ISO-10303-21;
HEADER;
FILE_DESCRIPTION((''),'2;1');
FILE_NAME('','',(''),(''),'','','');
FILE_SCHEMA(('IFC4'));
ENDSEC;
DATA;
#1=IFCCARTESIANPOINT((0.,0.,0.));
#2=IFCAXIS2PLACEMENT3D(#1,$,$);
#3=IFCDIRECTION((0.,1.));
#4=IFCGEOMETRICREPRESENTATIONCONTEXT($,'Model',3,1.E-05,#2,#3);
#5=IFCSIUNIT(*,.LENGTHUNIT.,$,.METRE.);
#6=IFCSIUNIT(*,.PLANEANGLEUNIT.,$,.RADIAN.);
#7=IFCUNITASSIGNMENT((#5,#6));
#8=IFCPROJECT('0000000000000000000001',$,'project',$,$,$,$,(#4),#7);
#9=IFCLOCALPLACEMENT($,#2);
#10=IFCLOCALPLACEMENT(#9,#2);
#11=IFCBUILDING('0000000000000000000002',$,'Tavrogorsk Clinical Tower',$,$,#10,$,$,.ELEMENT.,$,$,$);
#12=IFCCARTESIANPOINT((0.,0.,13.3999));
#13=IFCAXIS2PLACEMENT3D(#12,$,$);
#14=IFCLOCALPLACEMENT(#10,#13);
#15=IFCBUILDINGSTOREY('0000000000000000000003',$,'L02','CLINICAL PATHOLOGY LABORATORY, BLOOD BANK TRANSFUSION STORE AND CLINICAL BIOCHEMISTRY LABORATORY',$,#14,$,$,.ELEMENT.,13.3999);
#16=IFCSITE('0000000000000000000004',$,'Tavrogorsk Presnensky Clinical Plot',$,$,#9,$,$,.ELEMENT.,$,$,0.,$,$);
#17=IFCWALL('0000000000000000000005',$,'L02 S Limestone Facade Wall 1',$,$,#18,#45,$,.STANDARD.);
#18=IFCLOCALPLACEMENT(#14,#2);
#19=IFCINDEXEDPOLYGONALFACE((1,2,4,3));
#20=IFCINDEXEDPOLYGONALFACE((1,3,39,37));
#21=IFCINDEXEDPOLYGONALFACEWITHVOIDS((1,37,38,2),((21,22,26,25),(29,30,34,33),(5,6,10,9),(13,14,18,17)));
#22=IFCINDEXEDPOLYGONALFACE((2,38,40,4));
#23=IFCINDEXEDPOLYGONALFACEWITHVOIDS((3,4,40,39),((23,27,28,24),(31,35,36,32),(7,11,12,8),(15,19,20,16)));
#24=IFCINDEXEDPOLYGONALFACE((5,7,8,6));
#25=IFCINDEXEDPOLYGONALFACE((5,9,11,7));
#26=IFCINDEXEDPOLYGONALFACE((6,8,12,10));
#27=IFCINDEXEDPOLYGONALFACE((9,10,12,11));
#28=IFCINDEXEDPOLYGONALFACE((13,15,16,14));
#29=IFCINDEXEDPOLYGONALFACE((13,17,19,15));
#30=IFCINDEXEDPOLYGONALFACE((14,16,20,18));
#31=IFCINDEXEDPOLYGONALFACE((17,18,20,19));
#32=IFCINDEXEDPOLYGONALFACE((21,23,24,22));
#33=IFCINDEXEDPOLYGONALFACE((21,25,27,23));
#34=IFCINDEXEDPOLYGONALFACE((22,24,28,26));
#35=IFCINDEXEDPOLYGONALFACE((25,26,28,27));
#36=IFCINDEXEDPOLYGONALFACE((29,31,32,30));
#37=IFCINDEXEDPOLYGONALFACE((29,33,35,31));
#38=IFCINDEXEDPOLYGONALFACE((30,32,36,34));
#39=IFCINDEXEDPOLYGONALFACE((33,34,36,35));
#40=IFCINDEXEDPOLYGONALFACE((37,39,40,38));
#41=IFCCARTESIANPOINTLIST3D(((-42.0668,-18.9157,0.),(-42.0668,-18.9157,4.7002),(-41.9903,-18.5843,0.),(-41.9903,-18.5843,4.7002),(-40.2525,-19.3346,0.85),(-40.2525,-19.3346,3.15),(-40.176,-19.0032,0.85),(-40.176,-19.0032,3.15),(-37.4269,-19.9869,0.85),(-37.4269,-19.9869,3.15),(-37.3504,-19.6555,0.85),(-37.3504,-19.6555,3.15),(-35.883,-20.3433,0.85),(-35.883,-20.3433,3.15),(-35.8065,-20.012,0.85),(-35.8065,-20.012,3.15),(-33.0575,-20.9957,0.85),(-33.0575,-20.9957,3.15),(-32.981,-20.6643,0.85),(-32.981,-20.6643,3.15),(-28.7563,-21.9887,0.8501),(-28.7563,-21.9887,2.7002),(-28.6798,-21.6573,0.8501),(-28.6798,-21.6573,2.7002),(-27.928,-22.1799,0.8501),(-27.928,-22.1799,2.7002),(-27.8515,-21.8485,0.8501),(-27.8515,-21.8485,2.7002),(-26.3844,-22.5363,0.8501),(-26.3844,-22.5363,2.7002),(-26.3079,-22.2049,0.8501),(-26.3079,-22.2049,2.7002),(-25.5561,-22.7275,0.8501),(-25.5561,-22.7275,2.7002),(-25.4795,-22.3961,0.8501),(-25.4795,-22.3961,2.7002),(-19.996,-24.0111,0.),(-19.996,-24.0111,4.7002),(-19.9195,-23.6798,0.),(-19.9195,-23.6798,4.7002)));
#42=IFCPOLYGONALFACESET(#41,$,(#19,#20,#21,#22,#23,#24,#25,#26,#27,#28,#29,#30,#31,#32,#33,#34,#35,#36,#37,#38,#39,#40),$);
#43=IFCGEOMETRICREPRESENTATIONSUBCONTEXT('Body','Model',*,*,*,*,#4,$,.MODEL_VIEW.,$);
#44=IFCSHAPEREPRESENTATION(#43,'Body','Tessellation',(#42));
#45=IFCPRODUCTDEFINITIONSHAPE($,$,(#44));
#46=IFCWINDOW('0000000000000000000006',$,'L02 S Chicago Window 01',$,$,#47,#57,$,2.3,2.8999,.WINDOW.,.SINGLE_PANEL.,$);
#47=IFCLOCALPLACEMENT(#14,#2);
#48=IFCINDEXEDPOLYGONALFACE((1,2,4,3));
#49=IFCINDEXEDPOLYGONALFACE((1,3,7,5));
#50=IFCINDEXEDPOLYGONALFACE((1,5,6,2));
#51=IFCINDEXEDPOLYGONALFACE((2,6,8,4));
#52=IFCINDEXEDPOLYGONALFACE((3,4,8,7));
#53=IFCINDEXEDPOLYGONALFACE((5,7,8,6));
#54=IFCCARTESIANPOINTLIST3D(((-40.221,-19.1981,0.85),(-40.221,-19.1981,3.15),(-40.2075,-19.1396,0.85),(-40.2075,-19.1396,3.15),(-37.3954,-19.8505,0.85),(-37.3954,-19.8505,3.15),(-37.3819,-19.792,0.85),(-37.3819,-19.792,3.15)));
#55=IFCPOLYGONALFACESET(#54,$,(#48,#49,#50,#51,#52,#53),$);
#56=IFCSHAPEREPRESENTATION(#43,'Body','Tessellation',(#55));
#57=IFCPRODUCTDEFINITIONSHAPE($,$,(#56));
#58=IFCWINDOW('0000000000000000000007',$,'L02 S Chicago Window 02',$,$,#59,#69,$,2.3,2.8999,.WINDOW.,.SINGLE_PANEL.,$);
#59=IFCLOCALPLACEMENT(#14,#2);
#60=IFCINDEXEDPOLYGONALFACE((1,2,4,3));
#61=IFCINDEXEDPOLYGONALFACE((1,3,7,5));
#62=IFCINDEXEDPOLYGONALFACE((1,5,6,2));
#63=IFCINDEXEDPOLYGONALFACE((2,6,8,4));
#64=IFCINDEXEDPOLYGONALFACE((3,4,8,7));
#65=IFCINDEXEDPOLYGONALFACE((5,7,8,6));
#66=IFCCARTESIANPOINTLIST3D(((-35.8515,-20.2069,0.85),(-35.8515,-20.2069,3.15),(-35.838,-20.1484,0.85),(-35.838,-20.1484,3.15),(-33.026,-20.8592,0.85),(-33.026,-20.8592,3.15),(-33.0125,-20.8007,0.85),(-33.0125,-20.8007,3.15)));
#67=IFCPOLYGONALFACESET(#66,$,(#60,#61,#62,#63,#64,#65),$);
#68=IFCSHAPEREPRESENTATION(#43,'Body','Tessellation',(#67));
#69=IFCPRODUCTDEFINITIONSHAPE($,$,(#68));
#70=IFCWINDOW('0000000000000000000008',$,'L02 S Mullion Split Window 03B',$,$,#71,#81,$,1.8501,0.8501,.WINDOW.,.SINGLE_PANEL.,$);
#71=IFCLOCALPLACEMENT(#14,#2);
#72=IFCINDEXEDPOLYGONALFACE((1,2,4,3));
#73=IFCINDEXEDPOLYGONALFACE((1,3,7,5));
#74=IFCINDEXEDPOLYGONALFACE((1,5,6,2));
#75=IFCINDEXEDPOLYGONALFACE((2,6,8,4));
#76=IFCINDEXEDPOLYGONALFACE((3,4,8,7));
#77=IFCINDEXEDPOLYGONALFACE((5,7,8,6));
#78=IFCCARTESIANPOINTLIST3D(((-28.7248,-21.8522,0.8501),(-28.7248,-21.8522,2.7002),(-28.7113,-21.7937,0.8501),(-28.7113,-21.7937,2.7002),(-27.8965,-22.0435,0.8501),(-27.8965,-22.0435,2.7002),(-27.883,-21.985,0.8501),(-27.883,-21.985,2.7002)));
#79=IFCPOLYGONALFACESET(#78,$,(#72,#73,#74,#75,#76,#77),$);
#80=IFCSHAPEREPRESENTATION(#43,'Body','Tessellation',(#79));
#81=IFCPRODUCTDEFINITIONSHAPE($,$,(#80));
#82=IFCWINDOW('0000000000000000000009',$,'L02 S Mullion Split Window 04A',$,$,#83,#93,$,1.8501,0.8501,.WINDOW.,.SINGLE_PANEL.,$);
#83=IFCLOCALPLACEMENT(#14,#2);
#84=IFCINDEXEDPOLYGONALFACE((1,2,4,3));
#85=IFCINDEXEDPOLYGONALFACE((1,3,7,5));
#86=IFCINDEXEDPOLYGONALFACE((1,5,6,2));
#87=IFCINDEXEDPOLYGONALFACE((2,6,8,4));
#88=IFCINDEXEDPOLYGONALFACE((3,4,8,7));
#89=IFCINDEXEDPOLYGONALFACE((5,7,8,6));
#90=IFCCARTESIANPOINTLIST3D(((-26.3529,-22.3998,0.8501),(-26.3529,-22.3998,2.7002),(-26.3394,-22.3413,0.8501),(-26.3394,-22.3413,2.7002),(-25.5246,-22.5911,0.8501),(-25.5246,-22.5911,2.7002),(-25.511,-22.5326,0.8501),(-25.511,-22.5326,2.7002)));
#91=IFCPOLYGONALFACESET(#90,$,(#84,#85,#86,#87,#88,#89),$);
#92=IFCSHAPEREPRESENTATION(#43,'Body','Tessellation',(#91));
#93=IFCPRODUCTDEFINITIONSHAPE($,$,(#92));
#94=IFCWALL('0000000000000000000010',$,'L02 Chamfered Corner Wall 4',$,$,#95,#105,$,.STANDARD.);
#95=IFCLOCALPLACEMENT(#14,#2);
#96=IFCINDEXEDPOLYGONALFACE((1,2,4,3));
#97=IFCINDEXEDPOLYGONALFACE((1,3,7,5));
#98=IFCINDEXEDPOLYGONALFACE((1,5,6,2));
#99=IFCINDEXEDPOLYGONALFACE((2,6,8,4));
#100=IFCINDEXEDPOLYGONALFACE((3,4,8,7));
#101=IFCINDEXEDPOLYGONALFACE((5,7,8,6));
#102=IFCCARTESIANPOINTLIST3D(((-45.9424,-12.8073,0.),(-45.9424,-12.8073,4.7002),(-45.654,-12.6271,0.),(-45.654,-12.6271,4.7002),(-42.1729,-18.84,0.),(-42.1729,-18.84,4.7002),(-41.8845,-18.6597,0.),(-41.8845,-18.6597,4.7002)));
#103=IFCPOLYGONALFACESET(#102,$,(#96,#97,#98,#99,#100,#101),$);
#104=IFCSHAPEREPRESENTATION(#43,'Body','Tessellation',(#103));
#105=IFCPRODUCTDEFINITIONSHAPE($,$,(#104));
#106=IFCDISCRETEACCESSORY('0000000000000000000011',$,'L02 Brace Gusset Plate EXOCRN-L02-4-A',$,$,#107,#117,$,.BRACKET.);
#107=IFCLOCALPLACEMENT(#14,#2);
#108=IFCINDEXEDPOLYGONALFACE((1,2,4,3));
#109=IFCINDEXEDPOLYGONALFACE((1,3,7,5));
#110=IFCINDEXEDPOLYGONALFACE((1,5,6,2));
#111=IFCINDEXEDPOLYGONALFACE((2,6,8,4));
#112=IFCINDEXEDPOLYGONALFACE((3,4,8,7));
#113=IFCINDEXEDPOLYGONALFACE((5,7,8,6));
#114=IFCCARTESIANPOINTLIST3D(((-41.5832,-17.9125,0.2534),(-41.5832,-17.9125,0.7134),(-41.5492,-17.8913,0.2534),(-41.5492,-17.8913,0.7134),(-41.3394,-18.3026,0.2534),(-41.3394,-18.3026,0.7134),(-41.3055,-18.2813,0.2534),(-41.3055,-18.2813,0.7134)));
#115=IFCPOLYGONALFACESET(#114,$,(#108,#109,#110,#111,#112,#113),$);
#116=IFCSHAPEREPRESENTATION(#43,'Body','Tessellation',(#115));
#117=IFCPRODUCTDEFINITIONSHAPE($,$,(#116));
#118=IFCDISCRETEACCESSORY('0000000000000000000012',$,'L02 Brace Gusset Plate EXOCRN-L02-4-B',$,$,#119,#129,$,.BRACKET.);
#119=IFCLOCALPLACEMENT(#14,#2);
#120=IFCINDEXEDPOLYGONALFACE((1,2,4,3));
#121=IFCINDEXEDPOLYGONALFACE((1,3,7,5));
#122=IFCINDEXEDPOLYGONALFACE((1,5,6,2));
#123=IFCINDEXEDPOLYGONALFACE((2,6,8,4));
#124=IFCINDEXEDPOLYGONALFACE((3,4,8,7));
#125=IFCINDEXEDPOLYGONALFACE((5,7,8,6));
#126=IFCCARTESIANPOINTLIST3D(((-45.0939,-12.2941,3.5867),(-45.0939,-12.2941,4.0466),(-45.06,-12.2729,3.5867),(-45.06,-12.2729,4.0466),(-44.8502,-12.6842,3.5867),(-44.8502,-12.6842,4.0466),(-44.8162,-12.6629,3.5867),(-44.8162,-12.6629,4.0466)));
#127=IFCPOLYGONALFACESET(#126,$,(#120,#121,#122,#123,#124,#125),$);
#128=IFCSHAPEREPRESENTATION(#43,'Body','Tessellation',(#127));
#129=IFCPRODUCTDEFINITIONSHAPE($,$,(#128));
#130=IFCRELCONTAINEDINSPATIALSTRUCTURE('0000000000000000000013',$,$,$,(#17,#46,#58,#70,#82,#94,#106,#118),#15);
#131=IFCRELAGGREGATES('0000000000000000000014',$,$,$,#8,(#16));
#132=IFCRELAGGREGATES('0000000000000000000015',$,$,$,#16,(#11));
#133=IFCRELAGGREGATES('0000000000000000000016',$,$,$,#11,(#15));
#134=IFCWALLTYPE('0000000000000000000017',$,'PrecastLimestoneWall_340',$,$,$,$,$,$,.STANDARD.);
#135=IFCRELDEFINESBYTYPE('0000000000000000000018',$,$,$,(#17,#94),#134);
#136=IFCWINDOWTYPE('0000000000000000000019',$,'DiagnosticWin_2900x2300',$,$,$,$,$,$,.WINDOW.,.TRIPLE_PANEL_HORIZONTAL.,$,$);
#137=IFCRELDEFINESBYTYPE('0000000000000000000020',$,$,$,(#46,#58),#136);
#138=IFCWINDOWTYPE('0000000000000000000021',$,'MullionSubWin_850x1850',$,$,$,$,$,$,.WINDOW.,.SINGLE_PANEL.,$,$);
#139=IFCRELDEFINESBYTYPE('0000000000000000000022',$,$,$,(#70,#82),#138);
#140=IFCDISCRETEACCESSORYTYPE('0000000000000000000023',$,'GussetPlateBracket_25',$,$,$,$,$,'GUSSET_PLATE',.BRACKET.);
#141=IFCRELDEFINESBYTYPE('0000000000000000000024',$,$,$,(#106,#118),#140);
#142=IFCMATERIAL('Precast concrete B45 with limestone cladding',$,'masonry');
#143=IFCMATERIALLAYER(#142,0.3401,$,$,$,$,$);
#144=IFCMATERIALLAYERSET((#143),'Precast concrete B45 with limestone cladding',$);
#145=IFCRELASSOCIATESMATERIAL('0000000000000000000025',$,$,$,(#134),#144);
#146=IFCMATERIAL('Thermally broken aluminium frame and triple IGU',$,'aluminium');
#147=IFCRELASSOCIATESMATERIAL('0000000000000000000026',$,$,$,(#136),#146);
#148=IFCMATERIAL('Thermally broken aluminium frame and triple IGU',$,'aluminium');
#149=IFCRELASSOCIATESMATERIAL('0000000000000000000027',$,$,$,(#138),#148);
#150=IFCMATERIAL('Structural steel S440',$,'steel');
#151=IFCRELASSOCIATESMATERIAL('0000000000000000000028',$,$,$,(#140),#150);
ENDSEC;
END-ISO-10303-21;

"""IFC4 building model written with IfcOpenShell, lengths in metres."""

from ifc_helpers import new_model, si_unit, direction, frame, frame_2d, origin, origin_2d, place, context, subcontext, project, spatial, rectangle, extrude, material, layer, layer_set, type_object, element, fill, save


model = new_model("IFC4")

# Units and contexts
model_context = context("Model", 3, precision=1e-05, world=origin(), true_north=direction((0.0, 1.0)))
body_context = subcontext(model_context, "Body", "Model", "MODEL_VIEW")
ifc_project = project(units=[si_unit("LENGTHUNIT", "METRE"), si_unit("PLANEANGLEUNIT", "RADIAN")], contexts=[model_context])

# Site, building, storey
site_placement = place(None, origin())
site = spatial("IfcSite", under=ifc_project, at=site_placement, Name="Tavrogorsk Presnensky Clinical Plot", CompositionType="ELEMENT", RefElevation=0.0)
building_placement = place(site_placement, origin())
building = spatial("IfcBuilding", under=site, at=building_placement, Name="Tavrogorsk Clinical Tower", CompositionType="ELEMENT")
storey_placement = place(building_placement, frame((0.0, 0.0, 13.3999)))
storey = spatial("IfcBuildingStorey", under=building, at=storey_placement, Name="L02", Description="CLINICAL PATHOLOGY LABORATORY, BLOOD BANK TRANSFUSION STORE AND CLINICAL BIOCHEMISTRY LABORATORY", CompositionType="ELEMENT", Elevation=13.3999)

# Wall, openings, windows
ifc_material_1 = material(Name="Precast concrete B45 with limestone cladding", Category="masonry")
ifc_layer_1 = layer(ifc_material_1, 0.3401)
ifc_layer_set_1 = layer_set([ifc_layer_1], Name="Precast concrete B45 with limestone cladding")
wall_type_1 = type_object("IfcWallType", Name="PrecastLimestoneWall_340", PredefinedType="STANDARD", material=ifc_layer_set_1)
wall_1_placement = place(storey_placement, frame((-42.0286, -18.75, 0.0), z_axis=(0.0, 0.0, 1.0), x_axis=(0.97437, -0.224952, 0.0)))
wall_1 = element("IfcWall", 1, at=wall_1_placement, inside=storey, type_object=wall_type_1, Name="L02 S Limestone Facade Wall 1", PredefinedType="STANDARD", context=body_context, shape_type="SweptSolid", body=[
    extrude(rectangle(XDim=22.6514, YDim=0.3401, at=frame_2d((11.3257, 0.0))), origin(), (0.0, 0.0, 1.0), 4.7002),
])
opening_1_placement = place(wall_1_placement, frame((1.8621, 0.0, 0.8501)))
opening_1 = element("IfcOpeningElement", 2, at=opening_1_placement, cuts=wall_1, PredefinedType="OPENING", context=body_context, shape_type="SweptSolid", body=[
    extrude(rectangle(XDim=2.8999, YDim=2.3, at=frame_2d((1.45, 1.1499))), frame((0.0, 0.1799, 0.0), z_axis=(0.0, -1.0, 0.0), x_axis=(1.0, 0.0, 0.0)), (0.0, 0.0, 1.0), 0.3601),
])
opening_2_placement = place(wall_1_placement, frame((6.3464, 0.0, 0.8501)))
opening_2 = element("IfcOpeningElement", 3, at=opening_2_placement, cuts=wall_1, PredefinedType="OPENING", context=body_context, shape_type="SweptSolid", body=[
    extrude(rectangle(XDim=2.8999, YDim=2.3, at=frame_2d((1.45, 1.1499))), frame((0.0, 0.1799, 0.0), z_axis=(0.0, -1.0, 0.0), x_axis=(1.0, 0.0, 0.0)), (0.0, 0.0, 1.0), 0.3601),
])
opening_3_placement = place(wall_1_placement, frame((13.6606, 0.0, 0.8501)))
opening_3 = element("IfcOpeningElement", 4, at=opening_3_placement, cuts=wall_1, PredefinedType="OPENING", context=body_context, shape_type="SweptSolid", body=[
    extrude(rectangle(XDim=0.8501, YDim=1.8501, at=frame_2d((0.425, 0.925))), frame((0.0, 0.1799, 0.0), z_axis=(0.0, -1.0, 0.0), x_axis=(1.0, 0.0, 0.0)), (0.0, 0.0, 1.0), 0.3601),
])
opening_4_placement = place(wall_1_placement, frame((16.095, 0.0, 0.8501)))
opening_4 = element("IfcOpeningElement", 5, at=opening_4_placement, cuts=wall_1, PredefinedType="OPENING", context=body_context, shape_type="SweptSolid", body=[
    extrude(rectangle(XDim=0.8501, YDim=1.8501, at=frame_2d((0.425, 0.925))), frame((0.0, 0.1799, 0.0), z_axis=(0.0, -1.0, 0.0), x_axis=(1.0, 0.0, 0.0)), (0.0, 0.0, 1.0), 0.3601),
])
ifc_material_2 = material(Name="Thermally broken aluminium frame and triple IGU", Category="aluminium")
window_type_1 = type_object("IfcWindowType", Name="DiagnosticWin_2900x2300", PartitioningType="TRIPLE_PANEL_HORIZONTAL", PredefinedType="WINDOW", material=ifc_material_2)
window_1_placement = place(opening_1_placement, origin())
window_1 = element("IfcWindow", 6, at=window_1_placement, inside=storey, type_object=window_type_1, Name="L02 S Chicago Window 01", OverallHeight=2.3, OverallWidth=2.8999, PartitioningType="SINGLE_PANEL", PredefinedType="WINDOW", context=body_context, shape_type="SweptSolid", body=[
    extrude(rectangle(XDim=2.8999, YDim=2.3, at=frame_2d((1.45, 1.1499))), frame((0.0, 0.03, 0.0), z_axis=(0.0, -1.0, 0.0), x_axis=(1.0, 0.0, 0.0)), (0.0, 0.0, 1.0), 0.0601),
])
fill(opening_1, window_1)
window_2_placement = place(opening_2_placement, origin())
window_2 = element("IfcWindow", 7, at=window_2_placement, inside=storey, type_object=window_type_1, Name="L02 S Chicago Window 02", OverallHeight=2.3, OverallWidth=2.8999, PartitioningType="SINGLE_PANEL", PredefinedType="WINDOW", context=body_context, shape_type="SweptSolid", body=[
    extrude(rectangle(XDim=2.8999, YDim=2.3, at=frame_2d((1.45, 1.1499))), frame((0.0, 0.03, 0.0), z_axis=(0.0, -1.0, 0.0), x_axis=(1.0, 0.0, 0.0)), (0.0, 0.0, 1.0), 0.0601),
])
fill(opening_2, window_2)
ifc_material_3 = material(Name="Thermally broken aluminium frame and triple IGU", Category="aluminium")
window_type_2 = type_object("IfcWindowType", Name="MullionSubWin_850x1850", PartitioningType="SINGLE_PANEL", PredefinedType="WINDOW", material=ifc_material_3)
window_3_placement = place(opening_3_placement, origin())
window_3 = element("IfcWindow", 8, at=window_3_placement, inside=storey, type_object=window_type_2, Name="L02 S Mullion Split Window 03B", OverallHeight=1.8501, OverallWidth=0.8501, PartitioningType="SINGLE_PANEL", PredefinedType="WINDOW", context=body_context, shape_type="SweptSolid", body=[
    extrude(rectangle(XDim=0.8501, YDim=1.8501, at=frame_2d((0.425, 0.925))), frame((0.0, 0.03, 0.0), z_axis=(0.0, -1.0, 0.0), x_axis=(1.0, 0.0, 0.0)), (0.0, 0.0, 1.0), 0.0601),
])
fill(opening_3, window_3)
window_4_placement = place(opening_4_placement, origin())
window_4 = element("IfcWindow", 9, at=window_4_placement, inside=storey, type_object=window_type_2, Name="L02 S Mullion Split Window 04A", OverallHeight=1.8501, OverallWidth=0.8501, PartitioningType="SINGLE_PANEL", PredefinedType="WINDOW", context=body_context, shape_type="SweptSolid", body=[
    extrude(rectangle(XDim=0.8501, YDim=1.8501, at=frame_2d((0.425, 0.925))), frame((0.0, 0.03, 0.0), z_axis=(0.0, -1.0, 0.0), x_axis=(1.0, 0.0, 0.0)), (0.0, 0.0, 1.0), 0.0601),
])
fill(opening_4, window_4)

# Wall
wall_2_placement = place(storey_placement, frame((-45.7981, -12.7173, 0.0), z_axis=(0.0, 0.0, 1.0), x_axis=(0.529906, -0.848056, 0.0)))
element("IfcWall", 10, at=wall_2_placement, inside=storey, type_object=wall_type_1, Name="L02 Chamfered Corner Wall 4", PredefinedType="STANDARD", context=body_context, shape_type="SweptSolid", body=[
    extrude(rectangle(XDim=7.1135, YDim=0.3401, at=frame_2d((3.5566, 0.0))), origin(), (0.0, 0.0, 1.0), 4.7002),
])

# Discrete accessories
ifc_material_4 = material(Name="Structural steel S440", Category="steel")
discrete_accessory_type = type_object("IfcDiscreteAccessoryType", Name="GussetPlateBracket_25", ElementType="GUSSET_PLATE", PredefinedType="BRACKET", material=ifc_material_4)
for number, where, z_axis, x_axis, name in (
    (11, (-41.4443, -18.0969, 0.2534), (0.0, 0.0, 1.0), (-0.529919, 0.848048, 0.0), "L02 Brace Gusset Plate EXOCRN-L02-4-A"),
    (12, (-44.9551, -12.4785, 3.5867), (0.0, 0.0, 1.0), (-0.529919, 0.848048, 0.0), "L02 Brace Gusset Plate EXOCRN-L02-4-B"),
):
    element("IfcDiscreteAccessory", number, at=place(storey_placement, frame(where, z_axis=z_axis, x_axis=x_axis)), inside=storey, type_object=discrete_accessory_type, Name=name, PredefinedType="BRACKET", context=body_context, shape_type="SweptSolid", body=[
        extrude(rectangle(XDim=0.46, YDim=0.04, at=origin_2d()), origin(), (0.0, 0.0, 1.0), 0.46),
    ])

save(model, "model.ifc")
